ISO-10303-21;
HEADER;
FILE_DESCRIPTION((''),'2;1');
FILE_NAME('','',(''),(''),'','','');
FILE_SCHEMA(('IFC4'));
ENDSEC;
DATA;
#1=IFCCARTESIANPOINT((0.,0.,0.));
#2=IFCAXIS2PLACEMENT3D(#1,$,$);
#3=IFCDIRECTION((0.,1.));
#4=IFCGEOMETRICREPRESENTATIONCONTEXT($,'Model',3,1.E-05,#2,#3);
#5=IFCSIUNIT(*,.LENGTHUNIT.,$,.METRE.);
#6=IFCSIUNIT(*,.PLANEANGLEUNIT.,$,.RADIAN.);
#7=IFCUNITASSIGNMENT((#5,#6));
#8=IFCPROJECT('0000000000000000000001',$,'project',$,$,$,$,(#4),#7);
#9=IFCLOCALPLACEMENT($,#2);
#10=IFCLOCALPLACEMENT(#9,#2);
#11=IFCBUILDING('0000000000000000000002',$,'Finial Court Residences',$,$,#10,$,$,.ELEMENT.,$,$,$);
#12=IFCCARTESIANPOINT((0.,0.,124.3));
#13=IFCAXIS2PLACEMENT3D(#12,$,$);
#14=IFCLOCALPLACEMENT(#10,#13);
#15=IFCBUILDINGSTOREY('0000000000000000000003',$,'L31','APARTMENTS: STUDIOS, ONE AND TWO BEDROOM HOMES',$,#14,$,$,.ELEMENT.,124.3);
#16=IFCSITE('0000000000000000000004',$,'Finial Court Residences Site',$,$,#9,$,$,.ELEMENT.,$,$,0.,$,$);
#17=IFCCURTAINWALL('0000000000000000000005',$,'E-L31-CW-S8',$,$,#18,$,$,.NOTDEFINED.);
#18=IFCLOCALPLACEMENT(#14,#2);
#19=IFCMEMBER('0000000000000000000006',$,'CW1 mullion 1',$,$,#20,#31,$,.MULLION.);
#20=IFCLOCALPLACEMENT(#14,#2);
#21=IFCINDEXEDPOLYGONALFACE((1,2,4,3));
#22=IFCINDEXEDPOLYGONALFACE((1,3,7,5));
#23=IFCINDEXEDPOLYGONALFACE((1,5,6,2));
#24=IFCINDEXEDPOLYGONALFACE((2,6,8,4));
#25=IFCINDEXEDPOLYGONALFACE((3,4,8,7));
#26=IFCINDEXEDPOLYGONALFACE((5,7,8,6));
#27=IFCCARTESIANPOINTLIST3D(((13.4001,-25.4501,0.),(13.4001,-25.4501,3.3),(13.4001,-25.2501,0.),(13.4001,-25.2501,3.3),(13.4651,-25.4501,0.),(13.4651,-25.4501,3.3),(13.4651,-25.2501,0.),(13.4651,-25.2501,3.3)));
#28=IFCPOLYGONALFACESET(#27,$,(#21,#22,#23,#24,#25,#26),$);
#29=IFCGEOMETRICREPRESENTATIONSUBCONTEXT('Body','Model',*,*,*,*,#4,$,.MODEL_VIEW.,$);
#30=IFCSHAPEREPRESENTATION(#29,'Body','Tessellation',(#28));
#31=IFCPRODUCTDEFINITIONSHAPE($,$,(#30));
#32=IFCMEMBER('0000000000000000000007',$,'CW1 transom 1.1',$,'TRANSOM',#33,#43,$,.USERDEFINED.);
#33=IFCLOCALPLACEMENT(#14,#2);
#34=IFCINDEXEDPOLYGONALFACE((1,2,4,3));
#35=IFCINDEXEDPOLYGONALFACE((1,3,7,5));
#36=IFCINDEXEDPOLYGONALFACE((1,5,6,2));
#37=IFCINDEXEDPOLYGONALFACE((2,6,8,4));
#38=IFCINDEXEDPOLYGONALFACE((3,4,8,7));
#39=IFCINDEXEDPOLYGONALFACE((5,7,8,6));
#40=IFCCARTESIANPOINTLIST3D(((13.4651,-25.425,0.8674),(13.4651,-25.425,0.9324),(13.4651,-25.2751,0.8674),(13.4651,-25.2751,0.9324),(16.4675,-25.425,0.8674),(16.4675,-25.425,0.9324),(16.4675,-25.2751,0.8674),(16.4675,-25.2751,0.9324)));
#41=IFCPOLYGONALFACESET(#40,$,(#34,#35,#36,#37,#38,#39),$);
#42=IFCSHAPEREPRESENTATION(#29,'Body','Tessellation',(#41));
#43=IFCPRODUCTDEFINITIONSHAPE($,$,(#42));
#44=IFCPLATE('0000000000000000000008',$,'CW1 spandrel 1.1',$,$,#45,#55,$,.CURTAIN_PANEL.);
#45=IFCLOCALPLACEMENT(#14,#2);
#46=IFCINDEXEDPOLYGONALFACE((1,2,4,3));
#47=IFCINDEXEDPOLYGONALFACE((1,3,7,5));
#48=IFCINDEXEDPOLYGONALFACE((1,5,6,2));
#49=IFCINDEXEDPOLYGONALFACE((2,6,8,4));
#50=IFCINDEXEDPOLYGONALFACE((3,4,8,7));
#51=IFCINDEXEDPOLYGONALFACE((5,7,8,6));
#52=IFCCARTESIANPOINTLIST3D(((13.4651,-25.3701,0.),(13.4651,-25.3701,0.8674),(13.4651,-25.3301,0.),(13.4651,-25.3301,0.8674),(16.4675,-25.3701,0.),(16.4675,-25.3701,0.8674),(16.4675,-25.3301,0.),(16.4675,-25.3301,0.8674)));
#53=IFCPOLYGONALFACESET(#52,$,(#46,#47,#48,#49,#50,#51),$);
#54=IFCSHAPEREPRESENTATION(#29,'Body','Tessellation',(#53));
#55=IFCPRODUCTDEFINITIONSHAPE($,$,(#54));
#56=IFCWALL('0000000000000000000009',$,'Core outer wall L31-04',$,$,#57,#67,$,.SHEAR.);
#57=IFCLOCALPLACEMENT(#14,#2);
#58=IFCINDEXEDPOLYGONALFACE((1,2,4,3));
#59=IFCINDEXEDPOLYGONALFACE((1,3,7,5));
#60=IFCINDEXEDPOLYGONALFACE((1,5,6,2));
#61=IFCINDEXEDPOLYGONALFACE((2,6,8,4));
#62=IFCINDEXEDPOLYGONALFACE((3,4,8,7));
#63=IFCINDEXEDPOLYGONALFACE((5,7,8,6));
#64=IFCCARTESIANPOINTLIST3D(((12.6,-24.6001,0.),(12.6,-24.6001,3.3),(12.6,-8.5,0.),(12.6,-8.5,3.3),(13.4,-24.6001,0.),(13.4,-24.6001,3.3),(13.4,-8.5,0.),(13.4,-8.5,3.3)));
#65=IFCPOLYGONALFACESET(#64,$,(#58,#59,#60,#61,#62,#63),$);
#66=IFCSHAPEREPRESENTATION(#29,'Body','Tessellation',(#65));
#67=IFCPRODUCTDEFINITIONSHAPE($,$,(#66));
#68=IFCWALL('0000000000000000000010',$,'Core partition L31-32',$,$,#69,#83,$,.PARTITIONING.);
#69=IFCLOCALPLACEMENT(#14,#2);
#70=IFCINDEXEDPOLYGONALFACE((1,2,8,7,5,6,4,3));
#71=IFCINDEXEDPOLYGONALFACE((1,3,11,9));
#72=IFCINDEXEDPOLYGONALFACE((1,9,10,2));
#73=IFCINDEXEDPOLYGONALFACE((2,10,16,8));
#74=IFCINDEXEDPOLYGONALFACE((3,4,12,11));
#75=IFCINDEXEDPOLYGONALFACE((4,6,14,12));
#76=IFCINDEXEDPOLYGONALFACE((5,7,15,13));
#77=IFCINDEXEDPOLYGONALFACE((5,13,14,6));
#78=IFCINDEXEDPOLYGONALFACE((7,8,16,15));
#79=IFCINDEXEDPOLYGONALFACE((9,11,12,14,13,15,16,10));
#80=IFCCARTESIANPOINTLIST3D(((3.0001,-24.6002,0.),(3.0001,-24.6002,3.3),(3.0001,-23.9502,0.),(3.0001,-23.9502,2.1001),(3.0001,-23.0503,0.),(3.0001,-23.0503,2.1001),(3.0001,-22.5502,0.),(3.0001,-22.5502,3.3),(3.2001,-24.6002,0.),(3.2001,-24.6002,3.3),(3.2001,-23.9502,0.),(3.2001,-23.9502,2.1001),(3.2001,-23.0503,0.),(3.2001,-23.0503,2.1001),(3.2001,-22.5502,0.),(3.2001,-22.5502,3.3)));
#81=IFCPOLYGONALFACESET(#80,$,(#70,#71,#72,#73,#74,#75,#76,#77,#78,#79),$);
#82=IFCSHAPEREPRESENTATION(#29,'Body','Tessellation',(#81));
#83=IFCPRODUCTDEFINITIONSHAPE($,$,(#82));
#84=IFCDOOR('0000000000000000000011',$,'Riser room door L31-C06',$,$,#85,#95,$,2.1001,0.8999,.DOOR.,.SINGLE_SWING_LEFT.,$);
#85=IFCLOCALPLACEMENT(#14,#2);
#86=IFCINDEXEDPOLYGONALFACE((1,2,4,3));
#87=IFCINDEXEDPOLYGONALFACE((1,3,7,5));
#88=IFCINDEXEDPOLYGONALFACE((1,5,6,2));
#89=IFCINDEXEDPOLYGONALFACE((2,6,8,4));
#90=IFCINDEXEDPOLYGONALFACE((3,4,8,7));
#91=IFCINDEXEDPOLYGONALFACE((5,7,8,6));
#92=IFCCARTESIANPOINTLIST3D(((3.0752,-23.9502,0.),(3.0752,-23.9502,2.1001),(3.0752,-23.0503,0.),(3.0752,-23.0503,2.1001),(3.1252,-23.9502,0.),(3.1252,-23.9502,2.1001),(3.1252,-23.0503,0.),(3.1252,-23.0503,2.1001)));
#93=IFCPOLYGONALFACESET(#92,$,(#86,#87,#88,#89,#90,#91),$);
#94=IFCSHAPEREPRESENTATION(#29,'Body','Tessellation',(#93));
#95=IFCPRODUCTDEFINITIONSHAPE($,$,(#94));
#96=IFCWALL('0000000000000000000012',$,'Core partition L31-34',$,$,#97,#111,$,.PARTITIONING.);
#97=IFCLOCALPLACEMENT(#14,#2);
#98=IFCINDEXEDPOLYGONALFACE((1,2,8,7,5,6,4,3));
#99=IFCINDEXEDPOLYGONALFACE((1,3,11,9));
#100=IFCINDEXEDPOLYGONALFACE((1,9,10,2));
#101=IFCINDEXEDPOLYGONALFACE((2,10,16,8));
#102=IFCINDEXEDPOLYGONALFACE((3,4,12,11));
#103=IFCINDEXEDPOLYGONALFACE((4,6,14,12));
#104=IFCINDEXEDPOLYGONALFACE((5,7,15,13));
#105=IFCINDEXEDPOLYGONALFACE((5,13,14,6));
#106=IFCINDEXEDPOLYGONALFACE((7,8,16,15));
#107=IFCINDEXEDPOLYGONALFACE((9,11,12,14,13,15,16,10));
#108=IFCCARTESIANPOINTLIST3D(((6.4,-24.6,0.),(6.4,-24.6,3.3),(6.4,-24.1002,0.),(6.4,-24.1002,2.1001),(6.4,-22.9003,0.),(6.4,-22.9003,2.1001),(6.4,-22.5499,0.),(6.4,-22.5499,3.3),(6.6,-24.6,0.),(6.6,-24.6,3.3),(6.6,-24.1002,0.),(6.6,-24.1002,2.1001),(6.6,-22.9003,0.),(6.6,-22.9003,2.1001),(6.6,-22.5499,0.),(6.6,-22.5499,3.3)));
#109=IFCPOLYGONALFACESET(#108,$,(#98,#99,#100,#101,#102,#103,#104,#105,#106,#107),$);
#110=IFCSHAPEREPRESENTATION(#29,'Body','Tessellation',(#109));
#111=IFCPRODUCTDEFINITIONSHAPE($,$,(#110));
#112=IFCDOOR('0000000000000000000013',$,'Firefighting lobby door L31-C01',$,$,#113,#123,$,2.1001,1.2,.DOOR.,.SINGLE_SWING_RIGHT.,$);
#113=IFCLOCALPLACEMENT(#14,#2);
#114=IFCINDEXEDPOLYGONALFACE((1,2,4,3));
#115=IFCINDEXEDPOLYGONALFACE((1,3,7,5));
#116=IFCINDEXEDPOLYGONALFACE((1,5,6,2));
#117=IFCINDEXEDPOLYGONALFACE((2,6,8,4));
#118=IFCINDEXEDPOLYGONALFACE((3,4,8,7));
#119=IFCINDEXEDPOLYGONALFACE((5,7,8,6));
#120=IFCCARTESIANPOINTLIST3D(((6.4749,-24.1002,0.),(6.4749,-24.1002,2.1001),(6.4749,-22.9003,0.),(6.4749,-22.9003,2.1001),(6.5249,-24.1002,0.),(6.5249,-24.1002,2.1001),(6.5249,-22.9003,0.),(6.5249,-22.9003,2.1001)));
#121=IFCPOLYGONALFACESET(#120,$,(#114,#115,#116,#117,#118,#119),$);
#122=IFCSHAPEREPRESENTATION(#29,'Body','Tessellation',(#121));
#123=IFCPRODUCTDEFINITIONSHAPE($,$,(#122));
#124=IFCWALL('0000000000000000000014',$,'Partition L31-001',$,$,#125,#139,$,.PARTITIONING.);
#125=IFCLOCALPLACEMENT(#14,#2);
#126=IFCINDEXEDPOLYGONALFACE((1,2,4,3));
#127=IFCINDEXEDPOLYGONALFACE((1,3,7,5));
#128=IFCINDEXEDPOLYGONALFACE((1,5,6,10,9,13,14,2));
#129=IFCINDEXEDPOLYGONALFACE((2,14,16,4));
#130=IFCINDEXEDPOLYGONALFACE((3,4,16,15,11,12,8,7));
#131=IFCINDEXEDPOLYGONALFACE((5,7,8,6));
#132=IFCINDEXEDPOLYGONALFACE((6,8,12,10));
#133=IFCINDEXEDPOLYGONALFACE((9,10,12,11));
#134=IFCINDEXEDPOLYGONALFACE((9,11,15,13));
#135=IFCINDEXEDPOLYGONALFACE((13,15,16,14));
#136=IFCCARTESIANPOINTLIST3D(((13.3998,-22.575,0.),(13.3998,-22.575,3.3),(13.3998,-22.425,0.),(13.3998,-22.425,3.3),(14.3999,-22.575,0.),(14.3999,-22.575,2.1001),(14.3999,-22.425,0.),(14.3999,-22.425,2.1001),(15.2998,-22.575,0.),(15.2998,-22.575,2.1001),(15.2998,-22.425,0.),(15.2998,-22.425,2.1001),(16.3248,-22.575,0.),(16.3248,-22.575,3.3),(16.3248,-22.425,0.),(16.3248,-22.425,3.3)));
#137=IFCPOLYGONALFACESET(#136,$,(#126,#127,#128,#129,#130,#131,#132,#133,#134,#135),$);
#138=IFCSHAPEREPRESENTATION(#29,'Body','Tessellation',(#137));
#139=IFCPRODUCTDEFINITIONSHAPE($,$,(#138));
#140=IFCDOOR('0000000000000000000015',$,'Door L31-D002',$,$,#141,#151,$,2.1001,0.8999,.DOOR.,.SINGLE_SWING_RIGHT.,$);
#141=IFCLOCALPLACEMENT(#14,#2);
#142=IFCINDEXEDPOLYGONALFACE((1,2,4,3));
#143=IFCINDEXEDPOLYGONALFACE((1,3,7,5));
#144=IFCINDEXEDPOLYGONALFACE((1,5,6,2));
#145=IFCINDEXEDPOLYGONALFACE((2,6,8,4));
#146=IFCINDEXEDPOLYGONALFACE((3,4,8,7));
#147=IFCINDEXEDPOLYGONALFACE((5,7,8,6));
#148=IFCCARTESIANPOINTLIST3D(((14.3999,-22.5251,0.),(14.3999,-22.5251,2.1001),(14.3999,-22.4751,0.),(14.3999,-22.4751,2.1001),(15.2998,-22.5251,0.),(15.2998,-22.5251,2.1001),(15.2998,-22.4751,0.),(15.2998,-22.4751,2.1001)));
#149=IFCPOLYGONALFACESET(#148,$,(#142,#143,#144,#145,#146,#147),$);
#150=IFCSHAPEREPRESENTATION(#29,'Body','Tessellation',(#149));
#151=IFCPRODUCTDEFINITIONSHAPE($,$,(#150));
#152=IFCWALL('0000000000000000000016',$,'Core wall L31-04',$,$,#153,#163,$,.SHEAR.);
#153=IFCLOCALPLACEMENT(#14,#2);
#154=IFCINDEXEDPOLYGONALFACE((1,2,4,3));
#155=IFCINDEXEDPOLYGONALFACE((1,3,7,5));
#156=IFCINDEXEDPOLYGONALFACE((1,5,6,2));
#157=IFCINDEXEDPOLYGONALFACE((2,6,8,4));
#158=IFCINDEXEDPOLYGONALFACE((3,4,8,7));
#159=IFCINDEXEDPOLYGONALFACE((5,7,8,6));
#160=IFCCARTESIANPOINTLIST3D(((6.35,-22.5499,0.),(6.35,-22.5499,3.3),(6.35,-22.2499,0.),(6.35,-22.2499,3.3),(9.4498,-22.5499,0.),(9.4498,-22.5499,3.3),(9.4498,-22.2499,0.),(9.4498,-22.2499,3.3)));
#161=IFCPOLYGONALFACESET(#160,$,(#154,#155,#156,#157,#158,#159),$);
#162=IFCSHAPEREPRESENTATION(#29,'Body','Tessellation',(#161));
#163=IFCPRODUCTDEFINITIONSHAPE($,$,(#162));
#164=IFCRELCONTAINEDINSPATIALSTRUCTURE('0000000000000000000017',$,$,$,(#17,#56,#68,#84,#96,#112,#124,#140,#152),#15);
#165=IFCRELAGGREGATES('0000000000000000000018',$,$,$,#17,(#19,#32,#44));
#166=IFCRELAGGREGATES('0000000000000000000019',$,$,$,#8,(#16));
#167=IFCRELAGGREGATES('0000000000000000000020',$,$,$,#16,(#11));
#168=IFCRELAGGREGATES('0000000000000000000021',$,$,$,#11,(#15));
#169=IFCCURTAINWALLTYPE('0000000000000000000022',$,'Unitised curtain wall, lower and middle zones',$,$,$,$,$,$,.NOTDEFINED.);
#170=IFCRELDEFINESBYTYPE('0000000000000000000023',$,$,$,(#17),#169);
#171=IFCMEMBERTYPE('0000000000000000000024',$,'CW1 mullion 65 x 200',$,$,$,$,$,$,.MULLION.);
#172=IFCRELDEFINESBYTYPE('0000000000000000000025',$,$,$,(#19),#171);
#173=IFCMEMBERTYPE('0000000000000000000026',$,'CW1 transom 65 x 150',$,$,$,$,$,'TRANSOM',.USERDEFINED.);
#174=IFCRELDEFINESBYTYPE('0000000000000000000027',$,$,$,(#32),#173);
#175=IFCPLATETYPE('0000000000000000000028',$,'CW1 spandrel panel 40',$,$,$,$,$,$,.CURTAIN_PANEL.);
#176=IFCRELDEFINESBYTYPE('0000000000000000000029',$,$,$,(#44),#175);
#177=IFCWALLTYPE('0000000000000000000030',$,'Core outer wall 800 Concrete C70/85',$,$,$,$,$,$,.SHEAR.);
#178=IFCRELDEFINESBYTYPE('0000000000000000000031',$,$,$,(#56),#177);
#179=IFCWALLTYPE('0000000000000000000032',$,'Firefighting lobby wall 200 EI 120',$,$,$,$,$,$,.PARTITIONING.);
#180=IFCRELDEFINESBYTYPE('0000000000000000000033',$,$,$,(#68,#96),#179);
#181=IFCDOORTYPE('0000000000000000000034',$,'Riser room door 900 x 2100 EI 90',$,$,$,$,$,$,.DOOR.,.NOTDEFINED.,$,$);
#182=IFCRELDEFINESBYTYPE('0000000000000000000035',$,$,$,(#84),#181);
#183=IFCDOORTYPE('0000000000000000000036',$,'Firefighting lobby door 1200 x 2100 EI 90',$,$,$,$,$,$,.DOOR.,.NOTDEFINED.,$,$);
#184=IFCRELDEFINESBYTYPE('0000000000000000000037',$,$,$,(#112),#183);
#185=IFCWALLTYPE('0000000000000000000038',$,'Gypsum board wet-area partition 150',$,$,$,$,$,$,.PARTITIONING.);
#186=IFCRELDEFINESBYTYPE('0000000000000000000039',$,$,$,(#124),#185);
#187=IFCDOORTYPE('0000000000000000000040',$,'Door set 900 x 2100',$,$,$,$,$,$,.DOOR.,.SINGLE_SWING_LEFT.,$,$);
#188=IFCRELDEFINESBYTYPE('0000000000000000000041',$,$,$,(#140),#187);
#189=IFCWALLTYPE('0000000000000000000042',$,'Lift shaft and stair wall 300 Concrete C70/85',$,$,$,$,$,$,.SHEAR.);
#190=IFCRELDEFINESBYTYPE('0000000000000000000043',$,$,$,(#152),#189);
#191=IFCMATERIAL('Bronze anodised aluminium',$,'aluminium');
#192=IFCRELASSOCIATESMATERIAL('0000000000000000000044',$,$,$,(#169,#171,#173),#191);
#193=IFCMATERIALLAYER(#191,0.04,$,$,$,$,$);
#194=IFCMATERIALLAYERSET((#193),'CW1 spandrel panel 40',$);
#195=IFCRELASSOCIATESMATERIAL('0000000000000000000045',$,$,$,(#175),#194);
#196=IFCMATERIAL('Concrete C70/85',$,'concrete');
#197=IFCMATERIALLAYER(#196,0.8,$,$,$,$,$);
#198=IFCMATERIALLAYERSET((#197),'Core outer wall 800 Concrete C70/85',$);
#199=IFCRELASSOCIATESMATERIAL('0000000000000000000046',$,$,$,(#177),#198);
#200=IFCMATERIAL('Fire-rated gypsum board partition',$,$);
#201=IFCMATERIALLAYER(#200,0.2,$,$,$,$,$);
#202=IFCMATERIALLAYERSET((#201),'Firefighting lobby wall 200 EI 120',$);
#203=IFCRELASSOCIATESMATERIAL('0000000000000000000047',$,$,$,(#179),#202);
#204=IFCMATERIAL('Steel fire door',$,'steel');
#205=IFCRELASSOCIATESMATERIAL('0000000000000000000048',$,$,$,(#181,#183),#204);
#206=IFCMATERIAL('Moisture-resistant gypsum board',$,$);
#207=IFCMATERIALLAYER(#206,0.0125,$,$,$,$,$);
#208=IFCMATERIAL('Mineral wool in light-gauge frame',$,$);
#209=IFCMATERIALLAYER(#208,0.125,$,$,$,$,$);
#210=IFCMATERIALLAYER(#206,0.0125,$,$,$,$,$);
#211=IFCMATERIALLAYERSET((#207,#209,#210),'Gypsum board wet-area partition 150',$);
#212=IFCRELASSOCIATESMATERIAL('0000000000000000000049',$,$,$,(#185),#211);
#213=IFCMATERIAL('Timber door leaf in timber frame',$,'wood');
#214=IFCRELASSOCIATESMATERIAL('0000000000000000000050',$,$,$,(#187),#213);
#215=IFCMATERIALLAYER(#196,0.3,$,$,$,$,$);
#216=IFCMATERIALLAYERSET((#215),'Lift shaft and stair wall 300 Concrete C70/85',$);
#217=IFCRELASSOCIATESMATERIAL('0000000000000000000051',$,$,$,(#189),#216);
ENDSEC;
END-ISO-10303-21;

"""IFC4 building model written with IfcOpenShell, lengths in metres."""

from ifc_helpers import new_model, si_unit, direction, frame, frame_2d, origin, origin_2d, place, context, subcontext, project, spatial, rectangle, extrude, material, layer, layer_set, material_profile, profile_set, type_object, element, fill, aggregate, save


model = new_model("IFC4")

# Units and contexts
model_context = context("Model", 3, precision=1e-05, world=origin(), true_north=direction((0.0, 1.0)))
body_context = subcontext(model_context, "Body", "Model", "MODEL_VIEW")
ifc_project = project(units=[si_unit("LENGTHUNIT", "METRE"), si_unit("PLANEANGLEUNIT", "RADIAN")], contexts=[model_context])

# Site, building, storey
site_placement = place(None, origin())
site = spatial("IfcSite", under=ifc_project, at=site_placement, Name="Finial Court Residences Site", CompositionType="ELEMENT", RefElevation=0.0)
building_placement = place(site_placement, origin())
building = spatial("IfcBuilding", under=site, at=building_placement, Name="Finial Court Residences", CompositionType="ELEMENT")
storey_placement = place(building_placement, frame((0.0, 0.0, 124.3)))
storey = spatial("IfcBuildingStorey", under=building, at=storey_placement, Name="L31", Description="APARTMENTS: STUDIOS, ONE AND TWO BEDROOM HOMES", CompositionType="ELEMENT", Elevation=124.3)

# Curtain wall, members, plate
ifc_material_1 = material(Name="Bronze anodised aluminium", Category="aluminium")
curtain_wall_type = type_object("IfcCurtainWallType", Name="Unitised curtain wall, lower and middle zones", PredefinedType="NOTDEFINED", material=ifc_material_1)
curtain_wall_placement = place(storey_placement, origin())
curtain_wall = element("IfcCurtainWall", 1, at=curtain_wall_placement, inside=storey, type_object=curtain_wall_type, Name="E-L31-CW-S8", PredefinedType="NOTDEFINED")
ifc_material_profile_1 = material_profile(ifc_material_1, rectangle(XDim=0.2, YDim=0.0649, at=origin_2d()), Name="CW1 mullion 65 x 200")
ifc_profile_set_1 = profile_set([ifc_material_profile_1], Name="Bronze anodised aluminium")
member_type_1 = type_object("IfcMemberType", Name="CW1 mullion 65 x 200", PredefinedType="MULLION", material=ifc_profile_set_1)
member_1_placement = place(storey_placement, frame((13.4326, -25.3501, 0.0), z_axis=(0.0, 0.0, 1.0), x_axis=(0.0, 1.0, 0.0)))
member_1 = element("IfcMember", 2, at=member_1_placement, type_object=member_type_1, Name="CW1 mullion 1", PredefinedType="MULLION", context=body_context, shape_type="SweptSolid", body=[
    extrude(rectangle(XDim=0.2, YDim=0.0649, at=origin_2d()), origin(), (0.0, 0.0, 1.0), 3.3),
])
ifc_material_profile_2 = material_profile(ifc_material_1, rectangle(XDim=0.1499, YDim=0.0649, at=origin_2d()), Name="CW1 transom 65 x 150")
ifc_profile_set_2 = profile_set([ifc_material_profile_2], Name="Bronze anodised aluminium")
member_type_2 = type_object("IfcMemberType", Name="CW1 transom 65 x 150", ElementType="TRANSOM", PredefinedType="USERDEFINED", material=ifc_profile_set_2)
member_2_placement = place(storey_placement, frame((13.4651, -25.3501, 0.8999), z_axis=(1.0, 0.0, 0.0), x_axis=(0.0, 1.0, 0.0)))
member_2 = element("IfcMember", 3, at=member_2_placement, type_object=member_type_2, Name="CW1 transom 1.1", ObjectType="TRANSOM", PredefinedType="USERDEFINED", context=body_context, shape_type="SweptSolid", body=[
    extrude(rectangle(XDim=0.1499, YDim=0.0649, at=origin_2d()), origin(), (0.0, 0.0, 1.0), 3.0024),
])
ifc_layer_1 = layer(ifc_material_1, 0.04)
ifc_layer_set_1 = layer_set([ifc_layer_1], Name="CW1 spandrel panel 40")
plate_type = type_object("IfcPlateType", Name="CW1 spandrel panel 40", PredefinedType="CURTAIN_PANEL", material=ifc_layer_set_1)
plate_placement = place(storey_placement, frame((14.9663, -25.3501, 0.0), z_axis=(0.0, 0.0, 1.0), x_axis=(1.0, 0.0, 0.0)))
plate = element("IfcPlate", 4, at=plate_placement, type_object=plate_type, Name="CW1 spandrel 1.1", PredefinedType="CURTAIN_PANEL", context=body_context, shape_type="SweptSolid", body=[
    extrude(rectangle(XDim=3.0024, YDim=0.04, at=origin_2d()), origin(), (0.0, 0.0, 1.0), 0.8674),
])
aggregate(curtain_wall, [member_1, member_2, plate])

# Wall
ifc_material_2 = material(Name="Concrete C70/85", Category="concrete")
ifc_layer_2 = layer(ifc_material_2, 0.8)
ifc_layer_set_2 = layer_set([ifc_layer_2], Name="Core outer wall 800 Concrete C70/85")
wall_type_1 = type_object("IfcWallType", Name="Core outer wall 800 Concrete C70/85", PredefinedType="SHEAR", material=ifc_layer_set_2)
wall_1_placement = place(storey_placement, frame((13.0, -24.6001, 0.0), z_axis=(0.0, 0.0, 1.0), x_axis=(0.0, 1.0, 0.0)))
element("IfcWall", 5, at=wall_1_placement, inside=storey, type_object=wall_type_1, Name="Core outer wall L31-04", PredefinedType="SHEAR", context=body_context, shape_type="SweptSolid", body=[
    extrude(rectangle(XDim=16.1001, YDim=0.8, at=frame_2d((8.05, 0.0))), origin(), (0.0, 0.0, 1.0), 3.3),
])

# Walls, openings, doors
ifc_material_3 = material(Name="Fire-rated gypsum board partition")
ifc_layer_3 = layer(ifc_material_3, 0.2)
ifc_layer_set_3 = layer_set([ifc_layer_3], Name="Firefighting lobby wall 200 EI 120")
wall_type_2 = type_object("IfcWallType", Name="Firefighting lobby wall 200 EI 120", PredefinedType="PARTITIONING", material=ifc_layer_set_3)
wall_2_placement = place(storey_placement, frame((3.1001, -24.6001, 0.0), z_axis=(0.0, 0.0, 1.0), x_axis=(0.0, 1.0, 0.0)))
wall_2 = element("IfcWall", 6, at=wall_2_placement, inside=storey, type_object=wall_type_2, Name="Core partition L31-32", PredefinedType="PARTITIONING", context=body_context, shape_type="SweptSolid", body=[
    extrude(rectangle(XDim=2.05, YDim=0.2, at=frame_2d((1.0249, 0.0))), origin(), (0.0, 0.0, 1.0), 3.3),
])
opening_1_placement = place(wall_2_placement, frame((0.6499, 0.0, 0.0)))
opening_1 = element("IfcOpeningElement", 7, at=opening_1_placement, cuts=wall_2, PredefinedType="OPENING", context=body_context, shape_type="SweptSolid", body=[
    extrude(rectangle(XDim=0.8999, YDim=2.1001, at=frame_2d((0.45, 1.05))), frame((0.0, 0.1099, 0.0), z_axis=(0.0, -1.0, 0.0), x_axis=(1.0, 0.0, 0.0)), (0.0, 0.0, 1.0), 0.22),
])
ifc_material_4 = material(Name="Steel fire door", Category="steel")
door_type_1 = type_object("IfcDoorType", Name="Riser room door 900 x 2100 EI 90", OperationType="NOTDEFINED", PredefinedType="DOOR", material=ifc_material_4)
door_1_placement = place(opening_1_placement, origin())
door_1 = element("IfcDoor", 8, at=door_1_placement, inside=storey, type_object=door_type_1, Name="Riser room door L31-C06", OperationType="SINGLE_SWING_LEFT", OverallHeight=2.1001, OverallWidth=0.8999, PredefinedType="DOOR", context=body_context, shape_type="SweptSolid", body=[
    extrude(rectangle(XDim=0.8999, YDim=2.1001, at=frame_2d((0.45, 1.05))), frame((0.0, 0.0249, 0.0), z_axis=(0.0, -1.0, 0.0), x_axis=(1.0, 0.0, 0.0)), (0.0, 0.0, 1.0), 0.05),
])
fill(opening_1, door_1)
wall_3_placement = place(storey_placement, frame((6.5, -22.55, 0.0), z_axis=(0.0, 0.0, 1.0), x_axis=(0.0, -1.0, 0.0)))
wall_3 = element("IfcWall", 9, at=wall_3_placement, inside=storey, type_object=wall_type_2, Name="Core partition L31-34", PredefinedType="PARTITIONING", context=body_context, shape_type="SweptSolid", body=[
    extrude(rectangle(XDim=2.05, YDim=0.2, at=frame_2d((1.0249, 0.0))), origin(), (0.0, 0.0, 1.0), 3.3),
])
opening_2_placement = place(wall_3_placement, frame((0.3501, 0.0, 0.0)))
opening_2 = element("IfcOpeningElement", 10, at=opening_2_placement, cuts=wall_3, PredefinedType="OPENING", context=body_context, shape_type="SweptSolid", body=[
    extrude(rectangle(XDim=1.2, YDim=2.1001, at=frame_2d((0.6001, 1.05))), frame((0.0, 0.1099, 0.0), z_axis=(0.0, -1.0, 0.0), x_axis=(1.0, 0.0, 0.0)), (0.0, 0.0, 1.0), 0.22),
])
door_type_2 = type_object("IfcDoorType", Name="Firefighting lobby door 1200 x 2100 EI 90", OperationType="NOTDEFINED", PredefinedType="DOOR", material=ifc_material_4)
door_2_placement = place(opening_2_placement, origin())
door_2 = element("IfcDoor", 11, at=door_2_placement, inside=storey, type_object=door_type_2, Name="Firefighting lobby door L31-C01", OperationType="SINGLE_SWING_RIGHT", OverallHeight=2.1001, OverallWidth=1.2, PredefinedType="DOOR", context=body_context, shape_type="SweptSolid", body=[
    extrude(rectangle(XDim=1.2, YDim=2.1001, at=frame_2d((0.6001, 1.05))), frame((0.0, 0.0249, 0.0), z_axis=(0.0, -1.0, 0.0), x_axis=(1.0, 0.0, 0.0)), (0.0, 0.0, 1.0), 0.05),
])
fill(opening_2, door_2)
ifc_material_5 = material(Name="Moisture-resistant gypsum board")
ifc_layer_4 = layer(ifc_material_5, 0.0125)
ifc_material_6 = material(Name="Mineral wool in light-gauge frame")
ifc_layer_5 = layer(ifc_material_6, 0.125)
ifc_layer_6 = layer(ifc_material_5, 0.0125)
ifc_layer_set_4 = layer_set([ifc_layer_4, ifc_layer_5, ifc_layer_6], Name="Gypsum board wet-area partition 150")
wall_type_3 = type_object("IfcWallType", Name="Gypsum board wet-area partition 150", PredefinedType="PARTITIONING", material=ifc_layer_set_4)
wall_4_placement = place(storey_placement, frame((13.3999, -22.5, 0.0), z_axis=(0.0, 0.0, 1.0), x_axis=(1.0, 0.0, 0.0)))
wall_4 = element("IfcWall", 12, at=wall_4_placement, inside=storey, type_object=wall_type_3, Name="Partition L31-001", PredefinedType="PARTITIONING", context=body_context, shape_type="SweptSolid", body=[
    extrude(rectangle(XDim=2.925, YDim=0.1499, at=frame_2d((1.4624, 0.0))), origin(), (0.0, 0.0, 1.0), 3.3),
])
opening_3_placement = place(wall_4_placement, frame((1.0, 0.0, 0.0)))
opening_3 = element("IfcOpeningElement", 13, at=opening_3_placement, cuts=wall_4, PredefinedType="OPENING", context=body_context, shape_type="SweptSolid", body=[
    extrude(rectangle(XDim=0.8999, YDim=2.1001, at=frame_2d((0.45, 1.05))), frame((0.0, 0.085, 0.0), z_axis=(0.0, -1.0, 0.0), x_axis=(1.0, 0.0, 0.0)), (0.0, 0.0, 1.0), 0.1699),
])
ifc_material_7 = material(Name="Timber door leaf in timber frame", Category="wood")
door_type_3 = type_object("IfcDoorType", Name="Door set 900 x 2100", OperationType="SINGLE_SWING_LEFT", PredefinedType="DOOR", material=ifc_material_7)
door_3_placement = place(opening_3_placement, origin())
door_3 = element("IfcDoor", 14, at=door_3_placement, inside=storey, type_object=door_type_3, Name="Door L31-D002", OperationType="SINGLE_SWING_RIGHT", OverallHeight=2.1001, OverallWidth=0.8999, PredefinedType="DOOR", context=body_context, shape_type="SweptSolid", body=[
    extrude(rectangle(XDim=0.8999, YDim=2.1001, at=frame_2d((0.45, 1.05))), frame((0.0, 0.0249, 0.0), z_axis=(0.0, -1.0, 0.0), x_axis=(1.0, 0.0, 0.0)), (0.0, 0.0, 1.0), 0.05),
])
fill(opening_3, door_3)

# Wall
ifc_layer_7 = layer(ifc_material_2, 0.3)
ifc_layer_set_5 = layer_set([ifc_layer_7], Name="Lift shaft and stair wall 300 Concrete C70/85")
wall_type_4 = type_object("IfcWallType", Name="Lift shaft and stair wall 300 Concrete C70/85", PredefinedType="SHEAR", material=ifc_layer_set_5)
wall_5_placement = place(storey_placement, frame((6.3501, -22.3999, 0.0), z_axis=(0.0, 0.0, 1.0), x_axis=(1.0, 0.0, 0.0)))
element("IfcWall", 15, at=wall_5_placement, inside=storey, type_object=wall_type_4, Name="Core wall L31-04", PredefinedType="SHEAR", context=body_context, shape_type="SweptSolid", body=[
    extrude(rectangle(XDim=3.0999, YDim=0.3, at=frame_2d((1.5498, 0.0))), origin(), (0.0, 0.0, 1.0), 3.3),
])

save(model, "model.ifc")
